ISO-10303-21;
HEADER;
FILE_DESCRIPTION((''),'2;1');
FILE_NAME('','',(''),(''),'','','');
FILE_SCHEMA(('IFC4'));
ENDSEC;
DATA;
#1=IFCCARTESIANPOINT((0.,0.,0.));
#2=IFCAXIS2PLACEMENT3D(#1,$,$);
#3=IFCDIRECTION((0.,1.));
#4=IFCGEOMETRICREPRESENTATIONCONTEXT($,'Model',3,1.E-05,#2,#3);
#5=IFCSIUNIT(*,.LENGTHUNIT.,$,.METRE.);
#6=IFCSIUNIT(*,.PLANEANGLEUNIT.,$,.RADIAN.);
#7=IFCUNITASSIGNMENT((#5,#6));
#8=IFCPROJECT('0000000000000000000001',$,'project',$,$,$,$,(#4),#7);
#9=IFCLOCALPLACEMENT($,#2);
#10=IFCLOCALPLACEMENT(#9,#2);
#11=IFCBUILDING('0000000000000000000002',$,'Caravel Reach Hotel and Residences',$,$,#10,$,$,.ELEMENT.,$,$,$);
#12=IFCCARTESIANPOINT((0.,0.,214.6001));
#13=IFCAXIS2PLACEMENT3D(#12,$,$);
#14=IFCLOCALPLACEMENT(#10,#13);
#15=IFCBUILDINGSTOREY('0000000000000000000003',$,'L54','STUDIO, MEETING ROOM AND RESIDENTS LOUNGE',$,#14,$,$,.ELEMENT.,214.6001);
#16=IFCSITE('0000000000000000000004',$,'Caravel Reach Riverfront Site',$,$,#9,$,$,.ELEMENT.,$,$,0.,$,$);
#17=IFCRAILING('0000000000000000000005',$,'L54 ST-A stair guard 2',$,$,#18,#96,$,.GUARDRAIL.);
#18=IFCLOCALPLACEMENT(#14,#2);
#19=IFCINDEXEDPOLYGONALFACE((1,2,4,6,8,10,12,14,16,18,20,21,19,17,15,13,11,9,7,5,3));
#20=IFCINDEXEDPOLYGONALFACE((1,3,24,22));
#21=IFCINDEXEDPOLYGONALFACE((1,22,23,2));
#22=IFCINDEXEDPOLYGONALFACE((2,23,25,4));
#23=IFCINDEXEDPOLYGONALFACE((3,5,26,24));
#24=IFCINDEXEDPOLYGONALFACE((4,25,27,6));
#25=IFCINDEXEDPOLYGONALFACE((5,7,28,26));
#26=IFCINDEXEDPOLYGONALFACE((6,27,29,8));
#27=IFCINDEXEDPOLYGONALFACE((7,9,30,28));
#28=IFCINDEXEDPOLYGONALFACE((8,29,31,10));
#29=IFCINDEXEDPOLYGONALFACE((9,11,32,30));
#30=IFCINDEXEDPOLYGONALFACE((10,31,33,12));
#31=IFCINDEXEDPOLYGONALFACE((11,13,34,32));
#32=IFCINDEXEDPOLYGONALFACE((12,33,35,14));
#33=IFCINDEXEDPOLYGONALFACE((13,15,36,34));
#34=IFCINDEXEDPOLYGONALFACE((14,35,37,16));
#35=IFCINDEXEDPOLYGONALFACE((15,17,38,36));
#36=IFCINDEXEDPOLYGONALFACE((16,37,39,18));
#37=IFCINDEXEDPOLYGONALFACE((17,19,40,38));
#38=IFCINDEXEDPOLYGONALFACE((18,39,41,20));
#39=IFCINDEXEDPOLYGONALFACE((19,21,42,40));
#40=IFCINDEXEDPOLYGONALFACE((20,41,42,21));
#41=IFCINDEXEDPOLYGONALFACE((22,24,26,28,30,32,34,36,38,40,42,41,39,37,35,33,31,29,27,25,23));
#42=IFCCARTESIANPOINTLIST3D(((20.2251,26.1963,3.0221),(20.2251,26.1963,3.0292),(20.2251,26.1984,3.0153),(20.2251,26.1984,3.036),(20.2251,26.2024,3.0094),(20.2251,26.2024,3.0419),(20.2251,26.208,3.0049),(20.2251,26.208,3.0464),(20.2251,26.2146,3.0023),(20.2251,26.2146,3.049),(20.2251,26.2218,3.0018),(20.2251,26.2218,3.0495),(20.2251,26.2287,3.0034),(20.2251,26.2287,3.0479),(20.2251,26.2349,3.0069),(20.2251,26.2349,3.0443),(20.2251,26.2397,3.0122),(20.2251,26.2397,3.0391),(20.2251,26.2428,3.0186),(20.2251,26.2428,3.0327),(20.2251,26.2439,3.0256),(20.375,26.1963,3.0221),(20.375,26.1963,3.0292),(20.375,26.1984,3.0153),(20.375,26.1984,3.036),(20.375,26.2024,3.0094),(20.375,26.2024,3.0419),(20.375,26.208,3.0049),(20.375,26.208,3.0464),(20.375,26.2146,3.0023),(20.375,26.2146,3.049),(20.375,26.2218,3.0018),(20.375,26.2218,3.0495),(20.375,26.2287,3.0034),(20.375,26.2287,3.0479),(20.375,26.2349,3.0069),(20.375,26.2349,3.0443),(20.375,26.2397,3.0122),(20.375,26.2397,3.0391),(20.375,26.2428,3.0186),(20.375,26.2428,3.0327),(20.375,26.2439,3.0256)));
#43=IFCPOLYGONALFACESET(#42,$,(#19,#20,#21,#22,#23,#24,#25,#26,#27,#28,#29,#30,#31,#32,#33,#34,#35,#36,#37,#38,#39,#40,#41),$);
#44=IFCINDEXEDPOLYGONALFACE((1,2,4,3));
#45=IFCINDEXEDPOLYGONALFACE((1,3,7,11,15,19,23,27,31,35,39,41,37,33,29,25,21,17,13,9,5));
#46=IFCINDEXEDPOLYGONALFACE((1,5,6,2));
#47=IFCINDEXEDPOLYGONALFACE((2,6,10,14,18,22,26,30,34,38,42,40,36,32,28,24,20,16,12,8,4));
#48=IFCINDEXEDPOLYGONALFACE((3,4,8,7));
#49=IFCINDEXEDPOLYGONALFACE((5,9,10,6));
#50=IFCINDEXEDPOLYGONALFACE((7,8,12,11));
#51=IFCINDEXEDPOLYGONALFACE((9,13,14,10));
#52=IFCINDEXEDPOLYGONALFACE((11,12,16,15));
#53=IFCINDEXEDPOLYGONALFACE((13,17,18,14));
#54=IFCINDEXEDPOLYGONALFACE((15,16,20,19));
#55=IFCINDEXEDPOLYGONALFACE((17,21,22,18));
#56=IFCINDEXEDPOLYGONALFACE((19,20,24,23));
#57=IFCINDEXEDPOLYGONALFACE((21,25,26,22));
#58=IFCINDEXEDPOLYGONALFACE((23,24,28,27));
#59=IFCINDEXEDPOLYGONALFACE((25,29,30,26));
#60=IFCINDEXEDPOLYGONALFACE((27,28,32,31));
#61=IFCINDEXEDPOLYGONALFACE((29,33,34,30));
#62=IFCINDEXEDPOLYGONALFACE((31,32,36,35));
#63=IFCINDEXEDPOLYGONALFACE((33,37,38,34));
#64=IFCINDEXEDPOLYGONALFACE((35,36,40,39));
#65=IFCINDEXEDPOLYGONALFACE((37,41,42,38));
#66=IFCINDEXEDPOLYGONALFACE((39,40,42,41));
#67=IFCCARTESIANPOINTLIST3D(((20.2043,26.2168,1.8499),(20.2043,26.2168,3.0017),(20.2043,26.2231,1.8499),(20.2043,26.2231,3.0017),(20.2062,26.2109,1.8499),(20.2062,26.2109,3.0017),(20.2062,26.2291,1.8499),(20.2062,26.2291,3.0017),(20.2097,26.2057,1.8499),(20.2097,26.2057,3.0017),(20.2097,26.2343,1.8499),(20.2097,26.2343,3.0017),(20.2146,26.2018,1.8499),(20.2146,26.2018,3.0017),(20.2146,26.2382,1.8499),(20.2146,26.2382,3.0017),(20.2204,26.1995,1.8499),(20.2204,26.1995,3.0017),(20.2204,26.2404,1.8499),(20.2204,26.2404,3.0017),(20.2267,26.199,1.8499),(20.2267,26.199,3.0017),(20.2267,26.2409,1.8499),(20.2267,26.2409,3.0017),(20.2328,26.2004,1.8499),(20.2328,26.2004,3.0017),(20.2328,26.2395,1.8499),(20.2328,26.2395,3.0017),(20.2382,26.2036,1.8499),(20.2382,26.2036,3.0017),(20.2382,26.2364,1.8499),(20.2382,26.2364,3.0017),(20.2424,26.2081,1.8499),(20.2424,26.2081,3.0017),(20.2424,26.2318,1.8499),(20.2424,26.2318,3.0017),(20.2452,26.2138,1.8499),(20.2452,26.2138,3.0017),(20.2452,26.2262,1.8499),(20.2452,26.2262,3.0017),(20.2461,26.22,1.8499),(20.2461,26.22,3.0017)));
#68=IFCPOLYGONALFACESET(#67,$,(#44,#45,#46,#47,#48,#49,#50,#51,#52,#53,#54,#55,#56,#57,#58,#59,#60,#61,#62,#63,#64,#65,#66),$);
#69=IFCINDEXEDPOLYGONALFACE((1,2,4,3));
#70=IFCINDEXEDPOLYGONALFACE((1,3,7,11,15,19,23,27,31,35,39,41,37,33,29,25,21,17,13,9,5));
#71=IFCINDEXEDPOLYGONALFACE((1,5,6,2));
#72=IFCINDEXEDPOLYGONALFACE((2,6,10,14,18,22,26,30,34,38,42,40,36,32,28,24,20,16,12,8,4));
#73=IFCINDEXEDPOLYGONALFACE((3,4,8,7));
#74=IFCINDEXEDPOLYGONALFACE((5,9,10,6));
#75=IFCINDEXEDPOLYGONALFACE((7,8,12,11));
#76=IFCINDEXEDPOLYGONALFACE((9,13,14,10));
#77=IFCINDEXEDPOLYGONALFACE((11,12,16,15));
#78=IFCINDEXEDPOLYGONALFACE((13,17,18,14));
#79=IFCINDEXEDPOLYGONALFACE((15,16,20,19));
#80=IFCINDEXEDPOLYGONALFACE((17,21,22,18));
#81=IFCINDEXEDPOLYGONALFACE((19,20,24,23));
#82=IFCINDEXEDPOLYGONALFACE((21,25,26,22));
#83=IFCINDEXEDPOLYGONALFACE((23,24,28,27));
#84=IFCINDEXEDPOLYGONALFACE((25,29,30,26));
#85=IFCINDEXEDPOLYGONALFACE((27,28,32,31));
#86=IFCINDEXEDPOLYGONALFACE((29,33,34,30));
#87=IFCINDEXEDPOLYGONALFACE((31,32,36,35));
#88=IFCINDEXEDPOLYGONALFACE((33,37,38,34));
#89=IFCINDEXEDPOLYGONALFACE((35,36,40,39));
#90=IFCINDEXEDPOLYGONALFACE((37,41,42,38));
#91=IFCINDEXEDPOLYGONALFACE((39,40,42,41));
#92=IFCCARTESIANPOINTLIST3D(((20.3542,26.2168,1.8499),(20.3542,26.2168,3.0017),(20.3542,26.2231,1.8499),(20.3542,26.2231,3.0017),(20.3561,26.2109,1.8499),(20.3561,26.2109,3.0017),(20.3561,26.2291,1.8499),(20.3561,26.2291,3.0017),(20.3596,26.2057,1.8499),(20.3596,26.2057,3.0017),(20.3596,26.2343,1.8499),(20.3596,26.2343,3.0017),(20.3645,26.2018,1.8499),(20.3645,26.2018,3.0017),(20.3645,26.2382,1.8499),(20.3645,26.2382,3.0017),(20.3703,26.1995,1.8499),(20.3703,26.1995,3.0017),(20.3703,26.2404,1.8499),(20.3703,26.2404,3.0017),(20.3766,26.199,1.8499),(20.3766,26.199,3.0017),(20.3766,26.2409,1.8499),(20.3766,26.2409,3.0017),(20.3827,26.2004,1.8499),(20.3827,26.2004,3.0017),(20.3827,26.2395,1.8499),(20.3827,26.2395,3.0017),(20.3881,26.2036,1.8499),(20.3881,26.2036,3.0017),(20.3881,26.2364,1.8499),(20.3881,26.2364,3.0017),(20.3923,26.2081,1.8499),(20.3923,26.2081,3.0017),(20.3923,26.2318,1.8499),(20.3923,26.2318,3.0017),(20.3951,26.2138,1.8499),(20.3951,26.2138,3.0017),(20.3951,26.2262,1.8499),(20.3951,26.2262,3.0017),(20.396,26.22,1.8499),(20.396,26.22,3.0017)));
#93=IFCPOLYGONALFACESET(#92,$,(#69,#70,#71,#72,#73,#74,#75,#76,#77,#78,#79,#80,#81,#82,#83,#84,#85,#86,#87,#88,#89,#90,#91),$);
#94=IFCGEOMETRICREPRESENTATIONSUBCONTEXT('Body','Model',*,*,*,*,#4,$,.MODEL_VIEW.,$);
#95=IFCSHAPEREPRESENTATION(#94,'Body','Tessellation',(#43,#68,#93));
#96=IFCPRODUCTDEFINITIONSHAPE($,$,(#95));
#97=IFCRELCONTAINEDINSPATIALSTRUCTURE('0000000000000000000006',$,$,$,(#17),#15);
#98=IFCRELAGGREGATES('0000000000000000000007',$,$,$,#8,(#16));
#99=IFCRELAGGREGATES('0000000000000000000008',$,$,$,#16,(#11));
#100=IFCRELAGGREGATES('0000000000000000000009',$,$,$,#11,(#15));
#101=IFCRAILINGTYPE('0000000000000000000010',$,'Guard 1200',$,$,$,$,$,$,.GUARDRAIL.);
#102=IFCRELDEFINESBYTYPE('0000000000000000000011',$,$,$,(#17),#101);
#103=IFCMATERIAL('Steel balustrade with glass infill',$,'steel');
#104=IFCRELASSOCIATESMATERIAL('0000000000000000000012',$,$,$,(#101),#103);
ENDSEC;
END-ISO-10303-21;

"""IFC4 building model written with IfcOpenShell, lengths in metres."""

from ifc_helpers import new_model, si_unit, direction, frame, origin, origin_2d, place, context, subcontext, project, spatial, circle, extrude, material, type_object, element, save


model = new_model("IFC4")

# Units and contexts
model_context = context("Model", 3, precision=1e-05, world=origin(), true_north=direction((0.0, 1.0)))
body_context = subcontext(model_context, "Body", "Model", "MODEL_VIEW")
ifc_project = project(units=[si_unit("LENGTHUNIT", "METRE"), si_unit("PLANEANGLEUNIT", "RADIAN")], contexts=[model_context])

# Site, building, storey
site_placement = place(None, origin())
site = spatial("IfcSite", under=ifc_project, at=site_placement, Name="Caravel Reach Riverfront Site", CompositionType="ELEMENT", RefElevation=0.0)
building_placement = place(site_placement, origin())
building = spatial("IfcBuilding", under=site, at=building_placement, Name="Caravel Reach Hotel and Residences", CompositionType="ELEMENT")
storey_placement = place(building_placement, frame((0.0, 0.0, 214.6001)))
storey = spatial("IfcBuildingStorey", under=building, at=storey_placement, Name="L54", Description="STUDIO, MEETING ROOM AND RESIDENTS LOUNGE", CompositionType="ELEMENT", Elevation=214.6001)

# Railing
ifc_material_1 = material(Name="Steel balustrade with glass infill", Category="steel")
railing_type_1 = type_object("IfcRailingType", Name="Guard 1200", PredefinedType="GUARDRAIL", material=ifc_material_1)
railing_1_placement = place(storey_placement, frame((20.2251, 26.22, 1.8499)))
element("IfcRailing", 1, at=railing_1_placement, inside=storey, type_object=railing_type_1, Name="L54 ST-A stair guard 2", PredefinedType="GUARDRAIL", context=body_context, shape_type="SweptSolid", body=[
    extrude(circle(Radius=0.0239, at=origin_2d()), frame((0.0, 0.0, 1.1758), z_axis=(1.0, 0.0, 0.0), x_axis=(0.0, 1.0, 0.0)), (0.0, 0.0, 1.0), 0.1499),
    extrude(circle(Radius=0.021, at=origin_2d()), origin(), (0.0, 0.0, 1.0), 1.1519),
    extrude(circle(Radius=0.021, at=origin_2d()), frame((0.1499, 0.0, 0.0)), (0.0, 0.0, 1.0), 1.1519),
])

save(model, "model.ifc")
